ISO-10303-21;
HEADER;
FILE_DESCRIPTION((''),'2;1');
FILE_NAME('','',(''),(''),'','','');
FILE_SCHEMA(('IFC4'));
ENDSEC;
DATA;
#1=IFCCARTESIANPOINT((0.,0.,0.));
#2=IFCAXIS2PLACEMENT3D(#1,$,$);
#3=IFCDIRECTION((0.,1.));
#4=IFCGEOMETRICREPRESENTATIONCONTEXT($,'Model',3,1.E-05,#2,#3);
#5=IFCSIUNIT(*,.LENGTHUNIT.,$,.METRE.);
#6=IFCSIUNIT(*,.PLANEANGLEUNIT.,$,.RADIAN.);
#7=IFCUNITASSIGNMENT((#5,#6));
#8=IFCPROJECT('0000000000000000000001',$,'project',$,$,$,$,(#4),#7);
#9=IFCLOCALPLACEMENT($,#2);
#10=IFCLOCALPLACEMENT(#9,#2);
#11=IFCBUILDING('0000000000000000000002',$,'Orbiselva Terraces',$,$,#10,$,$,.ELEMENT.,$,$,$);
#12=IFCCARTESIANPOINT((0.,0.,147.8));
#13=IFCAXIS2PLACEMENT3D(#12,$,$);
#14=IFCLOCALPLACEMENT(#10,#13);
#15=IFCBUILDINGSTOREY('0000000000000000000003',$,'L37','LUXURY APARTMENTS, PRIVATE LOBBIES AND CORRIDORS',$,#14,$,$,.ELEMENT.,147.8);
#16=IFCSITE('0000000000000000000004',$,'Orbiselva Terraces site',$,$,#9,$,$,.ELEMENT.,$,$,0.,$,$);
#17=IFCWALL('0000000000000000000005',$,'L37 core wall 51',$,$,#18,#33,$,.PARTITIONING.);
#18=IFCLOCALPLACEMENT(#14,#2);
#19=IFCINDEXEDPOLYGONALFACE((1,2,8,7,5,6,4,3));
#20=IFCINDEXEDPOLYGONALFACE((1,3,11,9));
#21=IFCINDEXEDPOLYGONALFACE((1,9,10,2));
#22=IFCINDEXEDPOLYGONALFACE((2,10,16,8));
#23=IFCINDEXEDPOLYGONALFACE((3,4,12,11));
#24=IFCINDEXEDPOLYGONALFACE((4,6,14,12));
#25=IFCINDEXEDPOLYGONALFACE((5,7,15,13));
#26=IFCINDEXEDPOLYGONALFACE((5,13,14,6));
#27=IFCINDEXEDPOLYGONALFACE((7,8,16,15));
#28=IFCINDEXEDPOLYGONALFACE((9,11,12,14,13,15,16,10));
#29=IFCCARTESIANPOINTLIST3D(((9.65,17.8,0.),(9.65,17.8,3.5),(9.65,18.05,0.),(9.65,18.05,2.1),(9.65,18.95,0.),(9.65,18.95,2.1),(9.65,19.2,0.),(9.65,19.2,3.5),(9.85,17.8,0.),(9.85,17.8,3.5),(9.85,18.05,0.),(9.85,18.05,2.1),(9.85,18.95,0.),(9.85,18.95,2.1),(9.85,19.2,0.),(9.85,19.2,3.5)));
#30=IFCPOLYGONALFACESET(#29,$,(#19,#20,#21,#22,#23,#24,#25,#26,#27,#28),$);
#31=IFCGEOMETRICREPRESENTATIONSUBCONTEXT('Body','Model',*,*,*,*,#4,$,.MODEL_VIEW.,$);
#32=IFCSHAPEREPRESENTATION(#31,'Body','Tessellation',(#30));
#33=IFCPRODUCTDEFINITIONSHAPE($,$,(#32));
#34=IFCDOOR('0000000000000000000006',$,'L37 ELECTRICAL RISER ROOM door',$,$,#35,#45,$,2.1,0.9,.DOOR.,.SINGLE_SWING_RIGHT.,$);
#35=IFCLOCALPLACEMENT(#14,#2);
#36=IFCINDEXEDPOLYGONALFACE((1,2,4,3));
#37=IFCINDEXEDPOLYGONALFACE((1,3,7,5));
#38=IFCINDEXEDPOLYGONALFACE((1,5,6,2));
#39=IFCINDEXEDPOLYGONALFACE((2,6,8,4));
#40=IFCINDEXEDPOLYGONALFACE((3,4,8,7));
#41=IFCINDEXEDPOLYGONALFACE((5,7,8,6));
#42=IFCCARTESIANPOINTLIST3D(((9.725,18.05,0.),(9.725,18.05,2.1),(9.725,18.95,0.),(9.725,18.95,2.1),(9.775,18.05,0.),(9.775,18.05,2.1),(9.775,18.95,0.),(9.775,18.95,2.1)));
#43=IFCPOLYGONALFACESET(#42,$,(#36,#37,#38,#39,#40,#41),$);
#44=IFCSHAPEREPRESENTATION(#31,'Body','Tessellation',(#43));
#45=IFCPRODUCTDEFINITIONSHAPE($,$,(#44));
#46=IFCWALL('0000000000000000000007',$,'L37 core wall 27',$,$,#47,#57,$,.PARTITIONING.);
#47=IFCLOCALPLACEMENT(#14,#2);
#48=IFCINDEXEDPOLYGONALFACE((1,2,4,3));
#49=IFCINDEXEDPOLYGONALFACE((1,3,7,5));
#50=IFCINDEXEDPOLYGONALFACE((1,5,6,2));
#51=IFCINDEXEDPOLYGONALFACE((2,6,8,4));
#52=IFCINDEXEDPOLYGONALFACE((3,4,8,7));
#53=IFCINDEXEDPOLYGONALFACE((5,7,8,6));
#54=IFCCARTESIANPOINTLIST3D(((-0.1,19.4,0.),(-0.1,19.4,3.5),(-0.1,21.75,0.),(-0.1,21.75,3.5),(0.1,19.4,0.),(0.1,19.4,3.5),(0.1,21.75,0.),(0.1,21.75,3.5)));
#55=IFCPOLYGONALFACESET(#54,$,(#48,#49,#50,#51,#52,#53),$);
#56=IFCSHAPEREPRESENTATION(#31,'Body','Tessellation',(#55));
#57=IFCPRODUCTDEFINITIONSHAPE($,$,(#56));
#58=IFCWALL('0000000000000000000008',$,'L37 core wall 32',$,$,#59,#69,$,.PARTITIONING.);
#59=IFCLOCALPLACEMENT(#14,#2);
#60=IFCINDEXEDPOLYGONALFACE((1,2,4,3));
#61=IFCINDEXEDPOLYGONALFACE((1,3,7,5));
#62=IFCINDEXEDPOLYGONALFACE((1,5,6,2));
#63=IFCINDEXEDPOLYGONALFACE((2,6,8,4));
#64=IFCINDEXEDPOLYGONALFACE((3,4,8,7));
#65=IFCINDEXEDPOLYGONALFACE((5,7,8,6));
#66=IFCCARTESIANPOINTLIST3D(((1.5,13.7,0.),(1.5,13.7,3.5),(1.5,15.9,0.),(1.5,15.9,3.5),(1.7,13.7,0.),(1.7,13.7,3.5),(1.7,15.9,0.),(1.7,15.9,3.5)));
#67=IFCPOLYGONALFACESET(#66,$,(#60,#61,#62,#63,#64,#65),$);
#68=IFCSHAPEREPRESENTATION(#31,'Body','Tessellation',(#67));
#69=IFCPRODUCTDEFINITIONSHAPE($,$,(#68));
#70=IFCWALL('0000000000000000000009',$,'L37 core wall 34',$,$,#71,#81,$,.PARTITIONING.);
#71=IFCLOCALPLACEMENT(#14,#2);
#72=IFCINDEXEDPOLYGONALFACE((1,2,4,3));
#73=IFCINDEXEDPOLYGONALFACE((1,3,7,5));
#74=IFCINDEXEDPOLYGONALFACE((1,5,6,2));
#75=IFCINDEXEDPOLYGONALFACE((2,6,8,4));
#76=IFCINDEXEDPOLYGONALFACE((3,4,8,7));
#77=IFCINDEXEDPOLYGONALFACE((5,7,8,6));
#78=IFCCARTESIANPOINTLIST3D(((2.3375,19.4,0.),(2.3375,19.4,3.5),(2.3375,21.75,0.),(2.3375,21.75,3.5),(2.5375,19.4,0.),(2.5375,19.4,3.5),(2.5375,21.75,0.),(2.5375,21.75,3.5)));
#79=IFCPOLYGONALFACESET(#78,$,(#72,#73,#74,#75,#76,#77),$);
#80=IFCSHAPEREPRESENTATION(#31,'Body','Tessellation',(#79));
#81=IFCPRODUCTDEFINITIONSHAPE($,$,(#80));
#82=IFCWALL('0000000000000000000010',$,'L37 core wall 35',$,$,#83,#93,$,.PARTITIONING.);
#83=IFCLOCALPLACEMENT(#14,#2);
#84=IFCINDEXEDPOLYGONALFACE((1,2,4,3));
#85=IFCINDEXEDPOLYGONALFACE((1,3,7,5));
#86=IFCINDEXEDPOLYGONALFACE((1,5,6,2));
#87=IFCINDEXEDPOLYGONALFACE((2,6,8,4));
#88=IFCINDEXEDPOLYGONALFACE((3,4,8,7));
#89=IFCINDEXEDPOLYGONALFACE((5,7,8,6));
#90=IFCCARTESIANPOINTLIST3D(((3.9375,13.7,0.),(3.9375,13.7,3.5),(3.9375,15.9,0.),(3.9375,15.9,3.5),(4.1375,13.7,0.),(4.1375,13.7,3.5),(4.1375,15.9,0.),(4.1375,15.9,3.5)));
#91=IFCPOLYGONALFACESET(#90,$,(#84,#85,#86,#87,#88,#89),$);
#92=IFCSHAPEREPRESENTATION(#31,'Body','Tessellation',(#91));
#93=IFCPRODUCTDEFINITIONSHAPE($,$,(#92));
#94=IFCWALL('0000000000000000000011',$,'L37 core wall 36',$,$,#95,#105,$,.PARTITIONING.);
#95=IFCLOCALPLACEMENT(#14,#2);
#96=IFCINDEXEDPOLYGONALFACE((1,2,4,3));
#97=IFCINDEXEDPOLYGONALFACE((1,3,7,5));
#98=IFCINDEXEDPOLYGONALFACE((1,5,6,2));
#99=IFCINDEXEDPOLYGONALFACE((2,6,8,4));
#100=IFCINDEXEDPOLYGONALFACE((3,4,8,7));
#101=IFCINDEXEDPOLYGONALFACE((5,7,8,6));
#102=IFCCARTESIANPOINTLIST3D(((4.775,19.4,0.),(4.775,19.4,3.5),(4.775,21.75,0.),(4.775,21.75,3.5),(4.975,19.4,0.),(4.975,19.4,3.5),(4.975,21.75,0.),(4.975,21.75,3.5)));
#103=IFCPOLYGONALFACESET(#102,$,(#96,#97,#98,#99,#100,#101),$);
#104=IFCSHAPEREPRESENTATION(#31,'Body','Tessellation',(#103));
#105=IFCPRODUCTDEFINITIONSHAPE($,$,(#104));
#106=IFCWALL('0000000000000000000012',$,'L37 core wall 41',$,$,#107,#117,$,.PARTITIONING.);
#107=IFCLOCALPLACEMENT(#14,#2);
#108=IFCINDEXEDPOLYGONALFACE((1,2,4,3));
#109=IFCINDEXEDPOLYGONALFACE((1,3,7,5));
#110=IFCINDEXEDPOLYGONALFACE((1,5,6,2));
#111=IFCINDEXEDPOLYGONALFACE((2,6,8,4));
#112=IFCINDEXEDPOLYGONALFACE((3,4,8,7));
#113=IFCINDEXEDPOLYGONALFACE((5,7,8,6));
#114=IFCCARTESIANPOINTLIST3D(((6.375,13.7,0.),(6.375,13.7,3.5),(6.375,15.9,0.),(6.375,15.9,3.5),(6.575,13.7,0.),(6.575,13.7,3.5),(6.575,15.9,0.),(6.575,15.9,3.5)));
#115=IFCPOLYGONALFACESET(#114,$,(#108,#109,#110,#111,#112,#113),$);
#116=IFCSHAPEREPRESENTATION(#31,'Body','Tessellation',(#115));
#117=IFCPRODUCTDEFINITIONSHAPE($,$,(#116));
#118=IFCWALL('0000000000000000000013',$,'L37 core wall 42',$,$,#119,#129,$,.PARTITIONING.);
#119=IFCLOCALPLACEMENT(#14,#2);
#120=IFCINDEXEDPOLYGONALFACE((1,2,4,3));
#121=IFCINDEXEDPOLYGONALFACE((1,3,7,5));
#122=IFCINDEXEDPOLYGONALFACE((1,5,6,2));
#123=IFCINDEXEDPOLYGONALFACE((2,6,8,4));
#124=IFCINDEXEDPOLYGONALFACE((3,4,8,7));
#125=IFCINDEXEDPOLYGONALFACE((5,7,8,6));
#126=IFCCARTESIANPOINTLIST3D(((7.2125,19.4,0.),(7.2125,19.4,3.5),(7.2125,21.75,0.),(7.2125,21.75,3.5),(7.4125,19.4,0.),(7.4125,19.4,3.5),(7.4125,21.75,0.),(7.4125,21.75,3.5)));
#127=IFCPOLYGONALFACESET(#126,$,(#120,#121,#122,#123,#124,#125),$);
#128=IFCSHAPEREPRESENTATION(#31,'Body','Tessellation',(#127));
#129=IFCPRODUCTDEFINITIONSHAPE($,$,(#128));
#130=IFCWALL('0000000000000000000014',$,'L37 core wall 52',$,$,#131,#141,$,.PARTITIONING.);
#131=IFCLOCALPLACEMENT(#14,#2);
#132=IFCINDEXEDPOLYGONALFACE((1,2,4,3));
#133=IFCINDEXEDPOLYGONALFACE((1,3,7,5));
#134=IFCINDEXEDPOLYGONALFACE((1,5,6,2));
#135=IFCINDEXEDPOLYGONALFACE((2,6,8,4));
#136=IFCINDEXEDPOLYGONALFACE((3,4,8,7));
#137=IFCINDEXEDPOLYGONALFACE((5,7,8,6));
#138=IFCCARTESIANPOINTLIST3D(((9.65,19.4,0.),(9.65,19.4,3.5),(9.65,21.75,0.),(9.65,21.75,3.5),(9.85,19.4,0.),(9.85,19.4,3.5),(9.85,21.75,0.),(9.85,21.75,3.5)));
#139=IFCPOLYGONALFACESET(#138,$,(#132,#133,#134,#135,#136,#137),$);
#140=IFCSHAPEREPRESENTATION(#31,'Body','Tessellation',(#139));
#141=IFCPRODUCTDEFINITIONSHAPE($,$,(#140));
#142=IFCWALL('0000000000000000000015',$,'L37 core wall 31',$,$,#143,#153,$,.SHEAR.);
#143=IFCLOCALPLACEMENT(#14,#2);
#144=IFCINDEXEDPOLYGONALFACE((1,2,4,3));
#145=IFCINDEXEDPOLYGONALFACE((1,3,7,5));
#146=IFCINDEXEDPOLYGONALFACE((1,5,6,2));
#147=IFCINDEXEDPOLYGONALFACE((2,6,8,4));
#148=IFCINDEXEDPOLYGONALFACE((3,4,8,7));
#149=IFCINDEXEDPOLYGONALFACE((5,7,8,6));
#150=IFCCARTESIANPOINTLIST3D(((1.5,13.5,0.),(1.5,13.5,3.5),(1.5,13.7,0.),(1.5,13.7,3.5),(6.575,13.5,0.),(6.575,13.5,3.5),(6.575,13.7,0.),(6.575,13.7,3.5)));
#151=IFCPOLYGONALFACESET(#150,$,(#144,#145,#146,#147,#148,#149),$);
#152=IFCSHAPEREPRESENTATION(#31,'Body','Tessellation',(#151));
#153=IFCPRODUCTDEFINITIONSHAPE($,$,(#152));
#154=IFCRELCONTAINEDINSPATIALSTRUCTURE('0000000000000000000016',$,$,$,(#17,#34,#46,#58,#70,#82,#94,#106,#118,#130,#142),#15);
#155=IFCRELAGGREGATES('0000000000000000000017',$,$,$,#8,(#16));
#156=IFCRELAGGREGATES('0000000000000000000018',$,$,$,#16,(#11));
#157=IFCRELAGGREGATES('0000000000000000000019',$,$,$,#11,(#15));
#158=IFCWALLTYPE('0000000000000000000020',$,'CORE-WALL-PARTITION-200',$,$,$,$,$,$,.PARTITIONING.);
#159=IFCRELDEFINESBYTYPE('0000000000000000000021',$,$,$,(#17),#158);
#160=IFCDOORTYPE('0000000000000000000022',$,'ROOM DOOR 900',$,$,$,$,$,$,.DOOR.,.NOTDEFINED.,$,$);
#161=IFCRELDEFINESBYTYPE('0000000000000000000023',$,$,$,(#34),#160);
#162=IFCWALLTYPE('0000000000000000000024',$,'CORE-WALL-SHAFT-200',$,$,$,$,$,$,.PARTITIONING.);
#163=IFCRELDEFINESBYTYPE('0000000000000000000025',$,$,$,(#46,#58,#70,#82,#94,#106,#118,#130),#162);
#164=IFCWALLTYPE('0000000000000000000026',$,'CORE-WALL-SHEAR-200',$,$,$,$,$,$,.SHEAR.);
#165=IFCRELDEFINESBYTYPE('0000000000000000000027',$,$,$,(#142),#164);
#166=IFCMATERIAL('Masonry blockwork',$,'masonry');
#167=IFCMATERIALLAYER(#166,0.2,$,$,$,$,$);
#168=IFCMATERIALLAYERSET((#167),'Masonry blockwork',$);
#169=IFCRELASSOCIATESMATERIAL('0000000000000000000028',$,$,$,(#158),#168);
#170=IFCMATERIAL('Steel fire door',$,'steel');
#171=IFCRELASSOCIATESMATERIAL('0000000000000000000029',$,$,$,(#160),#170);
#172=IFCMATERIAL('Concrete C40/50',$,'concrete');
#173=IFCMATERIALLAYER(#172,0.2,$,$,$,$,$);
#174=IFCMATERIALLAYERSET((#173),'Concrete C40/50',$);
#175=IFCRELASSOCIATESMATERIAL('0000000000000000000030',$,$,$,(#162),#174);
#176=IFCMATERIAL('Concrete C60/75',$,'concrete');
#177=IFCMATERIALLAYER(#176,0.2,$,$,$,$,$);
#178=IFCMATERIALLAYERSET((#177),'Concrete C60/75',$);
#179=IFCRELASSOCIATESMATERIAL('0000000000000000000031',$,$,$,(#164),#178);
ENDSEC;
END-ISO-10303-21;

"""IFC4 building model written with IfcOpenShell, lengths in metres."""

from ifc_helpers import new_model, si_unit, direction, frame, frame_2d, origin, place, context, subcontext, project, spatial, rectangle, extrude, material, layer, layer_set, type_object, element, fill, save


model = new_model("IFC4")

# Units and contexts
model_context = context("Model", 3, precision=1e-05, world=origin(), true_north=direction((0.0, 1.0)))
body_context = subcontext(model_context, "Body", "Model", "MODEL_VIEW")
ifc_project = project(units=[si_unit("LENGTHUNIT", "METRE"), si_unit("PLANEANGLEUNIT", "RADIAN")], contexts=[model_context])

# Site, building, storey
site_placement = place(None, origin())
site = spatial("IfcSite", under=ifc_project, at=site_placement, Name="Orbiselva Terraces site", CompositionType="ELEMENT", RefElevation=0.0)
building_placement = place(site_placement, origin())
building = spatial("IfcBuilding", under=site, at=building_placement, Name="Orbiselva Terraces", CompositionType="ELEMENT")
storey_placement = place(building_placement, frame((0.0, 0.0, 147.8)))
storey = spatial("IfcBuildingStorey", under=building, at=storey_placement, Name="L37", Description="LUXURY APARTMENTS, PRIVATE LOBBIES AND CORRIDORS", CompositionType="ELEMENT", Elevation=147.8)

# Wall, opening, door
ifc_material_1 = material(Name="Masonry blockwork", Category="masonry")
ifc_layer_1 = layer(ifc_material_1, 0.2)
ifc_layer_set_1 = layer_set([ifc_layer_1], Name="Masonry blockwork")
wall_type_1 = type_object("IfcWallType", Name="CORE-WALL-PARTITION-200", PredefinedType="PARTITIONING", material=ifc_layer_set_1)
wall_1_placement = place(storey_placement, frame((9.75, 19.2, 0.0), z_axis=(0.0, 0.0, 1.0), x_axis=(0.0, -1.0, 0.0)))
wall_1 = element("IfcWall", 1, at=wall_1_placement, inside=storey, type_object=wall_type_1, Name="L37 core wall 51", PredefinedType="PARTITIONING", context=body_context, shape_type="SweptSolid", body=[
    extrude(rectangle(XDim=1.4, YDim=0.2, at=frame_2d((0.7, 0.0))), origin(), (0.0, 0.0, 1.0), 3.5),
])
opening_1_placement = place(wall_1_placement, frame((0.25, 0.0, 0.0)))
opening_1 = element("IfcOpeningElement", 2, at=opening_1_placement, cuts=wall_1, PredefinedType="OPENING", context=body_context, shape_type="SweptSolid", body=[
    extrude(rectangle(XDim=0.9, YDim=2.1, at=frame_2d((0.45, 1.05))), frame((0.0, 0.11, 0.0), z_axis=(0.0, -1.0, 0.0), x_axis=(1.0, 0.0, 0.0)), (0.0, 0.0, 1.0), 0.22),
])
ifc_material_2 = material(Name="Steel fire door", Category="steel")
door_type_1 = type_object("IfcDoorType", Name="ROOM DOOR 900", OperationType="NOTDEFINED", PredefinedType="DOOR", material=ifc_material_2)
door_1_placement = place(opening_1_placement, origin())
door_1 = element("IfcDoor", 3, at=door_1_placement, inside=storey, type_object=door_type_1, Name="L37 ELECTRICAL RISER ROOM door", OperationType="SINGLE_SWING_RIGHT", OverallHeight=2.1, OverallWidth=0.9, PredefinedType="DOOR", context=body_context, shape_type="SweptSolid", body=[
    extrude(rectangle(XDim=0.9, YDim=2.1, at=frame_2d((0.45, 1.05))), frame((0.0, 0.025, 0.0), z_axis=(0.0, -1.0, 0.0), x_axis=(1.0, 0.0, 0.0)), (0.0, 0.0, 1.0), 0.05),
])
fill(opening_1, door_1)

# Walls
ifc_material_3 = material(Name="Concrete C40/50", Category="concrete")
ifc_layer_2 = layer(ifc_material_3, 0.2)
ifc_layer_set_2 = layer_set([ifc_layer_2], Name="Concrete C40/50")
wall_type_2 = type_object("IfcWallType", Name="CORE-WALL-SHAFT-200", PredefinedType="PARTITIONING", material=ifc_layer_set_2)
wall_2_placement = place(storey_placement, frame((0.0, 19.4, 0.0), z_axis=(0.0, 0.0, 1.0), x_axis=(0.0, 1.0, 0.0)))
element("IfcWall", 4, at=wall_2_placement, inside=storey, type_object=wall_type_2, Name="L37 core wall 27", PredefinedType="PARTITIONING", context=body_context, shape_type="SweptSolid", body=[
    extrude(rectangle(XDim=2.35, YDim=0.2, at=frame_2d((1.175, 0.0))), origin(), (0.0, 0.0, 1.0), 3.5),
])
wall_3_placement = place(storey_placement, frame((1.6, 13.7, 0.0), z_axis=(0.0, 0.0, 1.0), x_axis=(0.0, 1.0, 0.0)))
element("IfcWall", 5, at=wall_3_placement, inside=storey, type_object=wall_type_2, Name="L37 core wall 32", PredefinedType="PARTITIONING", context=body_context, shape_type="SweptSolid", body=[
    extrude(rectangle(XDim=2.2, YDim=0.2, at=frame_2d((1.1, 0.0))), origin(), (0.0, 0.0, 1.0), 3.5),
])
wall_4_placement = place(storey_placement, frame((2.4375, 19.4, 0.0), z_axis=(0.0, 0.0, 1.0), x_axis=(0.0, 1.0, 0.0)))
element("IfcWall", 6, at=wall_4_placement, inside=storey, type_object=wall_type_2, Name="L37 core wall 34", PredefinedType="PARTITIONING", context=body_context, shape_type="SweptSolid", body=[
    extrude(rectangle(XDim=2.35, YDim=0.2, at=frame_2d((1.175, 0.0))), origin(), (0.0, 0.0, 1.0), 3.5),
])
wall_5_placement = place(storey_placement, frame((4.0375, 13.7, 0.0), z_axis=(0.0, 0.0, 1.0), x_axis=(0.0, 1.0, 0.0)))
element("IfcWall", 7, at=wall_5_placement, inside=storey, type_object=wall_type_2, Name="L37 core wall 35", PredefinedType="PARTITIONING", context=body_context, shape_type="SweptSolid", body=[
    extrude(rectangle(XDim=2.2, YDim=0.2, at=frame_2d((1.1, 0.0))), origin(), (0.0, 0.0, 1.0), 3.5),
])
wall_6_placement = place(storey_placement, frame((4.875, 19.4, 0.0), z_axis=(0.0, 0.0, 1.0), x_axis=(0.0, 1.0, 0.0)))
element("IfcWall", 8, at=wall_6_placement, inside=storey, type_object=wall_type_2, Name="L37 core wall 36", PredefinedType="PARTITIONING", context=body_context, shape_type="SweptSolid", body=[
    extrude(rectangle(XDim=2.35, YDim=0.2, at=frame_2d((1.175, 0.0))), origin(), (0.0, 0.0, 1.0), 3.5),
])
wall_7_placement = place(storey_placement, frame((6.475, 13.7, 0.0), z_axis=(0.0, 0.0, 1.0), x_axis=(0.0, 1.0, 0.0)))
element("IfcWall", 9, at=wall_7_placement, inside=storey, type_object=wall_type_2, Name="L37 core wall 41", PredefinedType="PARTITIONING", context=body_context, shape_type="SweptSolid", body=[
    extrude(rectangle(XDim=2.2, YDim=0.2, at=frame_2d((1.1, 0.0))), origin(), (0.0, 0.0, 1.0), 3.5),
])
for number, where, z_axis, x_axis, name in (
    (10, (7.3125, 19.4, 0.0), (0.0, 0.0, 1.0), (0.0, 1.0, 0.0), "L37 core wall 42"),
    (11, (9.75, 19.4, 0.0), (0.0, 0.0, 1.0), (0.0, 1.0, 0.0), "L37 core wall 52"),
):
    element("IfcWall", number, at=place(storey_placement, frame(where, z_axis=z_axis, x_axis=x_axis)), inside=storey, type_object=wall_type_2, Name=name, PredefinedType="PARTITIONING", context=body_context, shape_type="SweptSolid", body=[
        extrude(rectangle(XDim=2.35, YDim=0.2, at=frame_2d((1.175, 0.0))), origin(), (0.0, 0.0, 1.0), 3.5),
    ])
ifc_material_4 = material(Name="Concrete C60/75", Category="concrete")
ifc_layer_3 = layer(ifc_material_4, 0.2)
ifc_layer_set_3 = layer_set([ifc_layer_3], Name="Concrete C60/75")
wall_type_3 = type_object("IfcWallType", Name="CORE-WALL-SHEAR-200", PredefinedType="SHEAR", material=ifc_layer_set_3)
wall_8_placement = place(storey_placement, frame((1.5, 13.6, 0.0), z_axis=(0.0, 0.0, 1.0), x_axis=(1.0, 0.0, 0.0)))
element("IfcWall", 12, at=wall_8_placement, inside=storey, type_object=wall_type_3, Name="L37 core wall 31", PredefinedType="SHEAR", context=body_context, shape_type="SweptSolid", body=[
    extrude(rectangle(XDim=5.075, YDim=0.2, at=frame_2d((2.5375, 0.0))), origin(), (0.0, 0.0, 1.0), 3.5),
])

save(model, "model.ifc")
